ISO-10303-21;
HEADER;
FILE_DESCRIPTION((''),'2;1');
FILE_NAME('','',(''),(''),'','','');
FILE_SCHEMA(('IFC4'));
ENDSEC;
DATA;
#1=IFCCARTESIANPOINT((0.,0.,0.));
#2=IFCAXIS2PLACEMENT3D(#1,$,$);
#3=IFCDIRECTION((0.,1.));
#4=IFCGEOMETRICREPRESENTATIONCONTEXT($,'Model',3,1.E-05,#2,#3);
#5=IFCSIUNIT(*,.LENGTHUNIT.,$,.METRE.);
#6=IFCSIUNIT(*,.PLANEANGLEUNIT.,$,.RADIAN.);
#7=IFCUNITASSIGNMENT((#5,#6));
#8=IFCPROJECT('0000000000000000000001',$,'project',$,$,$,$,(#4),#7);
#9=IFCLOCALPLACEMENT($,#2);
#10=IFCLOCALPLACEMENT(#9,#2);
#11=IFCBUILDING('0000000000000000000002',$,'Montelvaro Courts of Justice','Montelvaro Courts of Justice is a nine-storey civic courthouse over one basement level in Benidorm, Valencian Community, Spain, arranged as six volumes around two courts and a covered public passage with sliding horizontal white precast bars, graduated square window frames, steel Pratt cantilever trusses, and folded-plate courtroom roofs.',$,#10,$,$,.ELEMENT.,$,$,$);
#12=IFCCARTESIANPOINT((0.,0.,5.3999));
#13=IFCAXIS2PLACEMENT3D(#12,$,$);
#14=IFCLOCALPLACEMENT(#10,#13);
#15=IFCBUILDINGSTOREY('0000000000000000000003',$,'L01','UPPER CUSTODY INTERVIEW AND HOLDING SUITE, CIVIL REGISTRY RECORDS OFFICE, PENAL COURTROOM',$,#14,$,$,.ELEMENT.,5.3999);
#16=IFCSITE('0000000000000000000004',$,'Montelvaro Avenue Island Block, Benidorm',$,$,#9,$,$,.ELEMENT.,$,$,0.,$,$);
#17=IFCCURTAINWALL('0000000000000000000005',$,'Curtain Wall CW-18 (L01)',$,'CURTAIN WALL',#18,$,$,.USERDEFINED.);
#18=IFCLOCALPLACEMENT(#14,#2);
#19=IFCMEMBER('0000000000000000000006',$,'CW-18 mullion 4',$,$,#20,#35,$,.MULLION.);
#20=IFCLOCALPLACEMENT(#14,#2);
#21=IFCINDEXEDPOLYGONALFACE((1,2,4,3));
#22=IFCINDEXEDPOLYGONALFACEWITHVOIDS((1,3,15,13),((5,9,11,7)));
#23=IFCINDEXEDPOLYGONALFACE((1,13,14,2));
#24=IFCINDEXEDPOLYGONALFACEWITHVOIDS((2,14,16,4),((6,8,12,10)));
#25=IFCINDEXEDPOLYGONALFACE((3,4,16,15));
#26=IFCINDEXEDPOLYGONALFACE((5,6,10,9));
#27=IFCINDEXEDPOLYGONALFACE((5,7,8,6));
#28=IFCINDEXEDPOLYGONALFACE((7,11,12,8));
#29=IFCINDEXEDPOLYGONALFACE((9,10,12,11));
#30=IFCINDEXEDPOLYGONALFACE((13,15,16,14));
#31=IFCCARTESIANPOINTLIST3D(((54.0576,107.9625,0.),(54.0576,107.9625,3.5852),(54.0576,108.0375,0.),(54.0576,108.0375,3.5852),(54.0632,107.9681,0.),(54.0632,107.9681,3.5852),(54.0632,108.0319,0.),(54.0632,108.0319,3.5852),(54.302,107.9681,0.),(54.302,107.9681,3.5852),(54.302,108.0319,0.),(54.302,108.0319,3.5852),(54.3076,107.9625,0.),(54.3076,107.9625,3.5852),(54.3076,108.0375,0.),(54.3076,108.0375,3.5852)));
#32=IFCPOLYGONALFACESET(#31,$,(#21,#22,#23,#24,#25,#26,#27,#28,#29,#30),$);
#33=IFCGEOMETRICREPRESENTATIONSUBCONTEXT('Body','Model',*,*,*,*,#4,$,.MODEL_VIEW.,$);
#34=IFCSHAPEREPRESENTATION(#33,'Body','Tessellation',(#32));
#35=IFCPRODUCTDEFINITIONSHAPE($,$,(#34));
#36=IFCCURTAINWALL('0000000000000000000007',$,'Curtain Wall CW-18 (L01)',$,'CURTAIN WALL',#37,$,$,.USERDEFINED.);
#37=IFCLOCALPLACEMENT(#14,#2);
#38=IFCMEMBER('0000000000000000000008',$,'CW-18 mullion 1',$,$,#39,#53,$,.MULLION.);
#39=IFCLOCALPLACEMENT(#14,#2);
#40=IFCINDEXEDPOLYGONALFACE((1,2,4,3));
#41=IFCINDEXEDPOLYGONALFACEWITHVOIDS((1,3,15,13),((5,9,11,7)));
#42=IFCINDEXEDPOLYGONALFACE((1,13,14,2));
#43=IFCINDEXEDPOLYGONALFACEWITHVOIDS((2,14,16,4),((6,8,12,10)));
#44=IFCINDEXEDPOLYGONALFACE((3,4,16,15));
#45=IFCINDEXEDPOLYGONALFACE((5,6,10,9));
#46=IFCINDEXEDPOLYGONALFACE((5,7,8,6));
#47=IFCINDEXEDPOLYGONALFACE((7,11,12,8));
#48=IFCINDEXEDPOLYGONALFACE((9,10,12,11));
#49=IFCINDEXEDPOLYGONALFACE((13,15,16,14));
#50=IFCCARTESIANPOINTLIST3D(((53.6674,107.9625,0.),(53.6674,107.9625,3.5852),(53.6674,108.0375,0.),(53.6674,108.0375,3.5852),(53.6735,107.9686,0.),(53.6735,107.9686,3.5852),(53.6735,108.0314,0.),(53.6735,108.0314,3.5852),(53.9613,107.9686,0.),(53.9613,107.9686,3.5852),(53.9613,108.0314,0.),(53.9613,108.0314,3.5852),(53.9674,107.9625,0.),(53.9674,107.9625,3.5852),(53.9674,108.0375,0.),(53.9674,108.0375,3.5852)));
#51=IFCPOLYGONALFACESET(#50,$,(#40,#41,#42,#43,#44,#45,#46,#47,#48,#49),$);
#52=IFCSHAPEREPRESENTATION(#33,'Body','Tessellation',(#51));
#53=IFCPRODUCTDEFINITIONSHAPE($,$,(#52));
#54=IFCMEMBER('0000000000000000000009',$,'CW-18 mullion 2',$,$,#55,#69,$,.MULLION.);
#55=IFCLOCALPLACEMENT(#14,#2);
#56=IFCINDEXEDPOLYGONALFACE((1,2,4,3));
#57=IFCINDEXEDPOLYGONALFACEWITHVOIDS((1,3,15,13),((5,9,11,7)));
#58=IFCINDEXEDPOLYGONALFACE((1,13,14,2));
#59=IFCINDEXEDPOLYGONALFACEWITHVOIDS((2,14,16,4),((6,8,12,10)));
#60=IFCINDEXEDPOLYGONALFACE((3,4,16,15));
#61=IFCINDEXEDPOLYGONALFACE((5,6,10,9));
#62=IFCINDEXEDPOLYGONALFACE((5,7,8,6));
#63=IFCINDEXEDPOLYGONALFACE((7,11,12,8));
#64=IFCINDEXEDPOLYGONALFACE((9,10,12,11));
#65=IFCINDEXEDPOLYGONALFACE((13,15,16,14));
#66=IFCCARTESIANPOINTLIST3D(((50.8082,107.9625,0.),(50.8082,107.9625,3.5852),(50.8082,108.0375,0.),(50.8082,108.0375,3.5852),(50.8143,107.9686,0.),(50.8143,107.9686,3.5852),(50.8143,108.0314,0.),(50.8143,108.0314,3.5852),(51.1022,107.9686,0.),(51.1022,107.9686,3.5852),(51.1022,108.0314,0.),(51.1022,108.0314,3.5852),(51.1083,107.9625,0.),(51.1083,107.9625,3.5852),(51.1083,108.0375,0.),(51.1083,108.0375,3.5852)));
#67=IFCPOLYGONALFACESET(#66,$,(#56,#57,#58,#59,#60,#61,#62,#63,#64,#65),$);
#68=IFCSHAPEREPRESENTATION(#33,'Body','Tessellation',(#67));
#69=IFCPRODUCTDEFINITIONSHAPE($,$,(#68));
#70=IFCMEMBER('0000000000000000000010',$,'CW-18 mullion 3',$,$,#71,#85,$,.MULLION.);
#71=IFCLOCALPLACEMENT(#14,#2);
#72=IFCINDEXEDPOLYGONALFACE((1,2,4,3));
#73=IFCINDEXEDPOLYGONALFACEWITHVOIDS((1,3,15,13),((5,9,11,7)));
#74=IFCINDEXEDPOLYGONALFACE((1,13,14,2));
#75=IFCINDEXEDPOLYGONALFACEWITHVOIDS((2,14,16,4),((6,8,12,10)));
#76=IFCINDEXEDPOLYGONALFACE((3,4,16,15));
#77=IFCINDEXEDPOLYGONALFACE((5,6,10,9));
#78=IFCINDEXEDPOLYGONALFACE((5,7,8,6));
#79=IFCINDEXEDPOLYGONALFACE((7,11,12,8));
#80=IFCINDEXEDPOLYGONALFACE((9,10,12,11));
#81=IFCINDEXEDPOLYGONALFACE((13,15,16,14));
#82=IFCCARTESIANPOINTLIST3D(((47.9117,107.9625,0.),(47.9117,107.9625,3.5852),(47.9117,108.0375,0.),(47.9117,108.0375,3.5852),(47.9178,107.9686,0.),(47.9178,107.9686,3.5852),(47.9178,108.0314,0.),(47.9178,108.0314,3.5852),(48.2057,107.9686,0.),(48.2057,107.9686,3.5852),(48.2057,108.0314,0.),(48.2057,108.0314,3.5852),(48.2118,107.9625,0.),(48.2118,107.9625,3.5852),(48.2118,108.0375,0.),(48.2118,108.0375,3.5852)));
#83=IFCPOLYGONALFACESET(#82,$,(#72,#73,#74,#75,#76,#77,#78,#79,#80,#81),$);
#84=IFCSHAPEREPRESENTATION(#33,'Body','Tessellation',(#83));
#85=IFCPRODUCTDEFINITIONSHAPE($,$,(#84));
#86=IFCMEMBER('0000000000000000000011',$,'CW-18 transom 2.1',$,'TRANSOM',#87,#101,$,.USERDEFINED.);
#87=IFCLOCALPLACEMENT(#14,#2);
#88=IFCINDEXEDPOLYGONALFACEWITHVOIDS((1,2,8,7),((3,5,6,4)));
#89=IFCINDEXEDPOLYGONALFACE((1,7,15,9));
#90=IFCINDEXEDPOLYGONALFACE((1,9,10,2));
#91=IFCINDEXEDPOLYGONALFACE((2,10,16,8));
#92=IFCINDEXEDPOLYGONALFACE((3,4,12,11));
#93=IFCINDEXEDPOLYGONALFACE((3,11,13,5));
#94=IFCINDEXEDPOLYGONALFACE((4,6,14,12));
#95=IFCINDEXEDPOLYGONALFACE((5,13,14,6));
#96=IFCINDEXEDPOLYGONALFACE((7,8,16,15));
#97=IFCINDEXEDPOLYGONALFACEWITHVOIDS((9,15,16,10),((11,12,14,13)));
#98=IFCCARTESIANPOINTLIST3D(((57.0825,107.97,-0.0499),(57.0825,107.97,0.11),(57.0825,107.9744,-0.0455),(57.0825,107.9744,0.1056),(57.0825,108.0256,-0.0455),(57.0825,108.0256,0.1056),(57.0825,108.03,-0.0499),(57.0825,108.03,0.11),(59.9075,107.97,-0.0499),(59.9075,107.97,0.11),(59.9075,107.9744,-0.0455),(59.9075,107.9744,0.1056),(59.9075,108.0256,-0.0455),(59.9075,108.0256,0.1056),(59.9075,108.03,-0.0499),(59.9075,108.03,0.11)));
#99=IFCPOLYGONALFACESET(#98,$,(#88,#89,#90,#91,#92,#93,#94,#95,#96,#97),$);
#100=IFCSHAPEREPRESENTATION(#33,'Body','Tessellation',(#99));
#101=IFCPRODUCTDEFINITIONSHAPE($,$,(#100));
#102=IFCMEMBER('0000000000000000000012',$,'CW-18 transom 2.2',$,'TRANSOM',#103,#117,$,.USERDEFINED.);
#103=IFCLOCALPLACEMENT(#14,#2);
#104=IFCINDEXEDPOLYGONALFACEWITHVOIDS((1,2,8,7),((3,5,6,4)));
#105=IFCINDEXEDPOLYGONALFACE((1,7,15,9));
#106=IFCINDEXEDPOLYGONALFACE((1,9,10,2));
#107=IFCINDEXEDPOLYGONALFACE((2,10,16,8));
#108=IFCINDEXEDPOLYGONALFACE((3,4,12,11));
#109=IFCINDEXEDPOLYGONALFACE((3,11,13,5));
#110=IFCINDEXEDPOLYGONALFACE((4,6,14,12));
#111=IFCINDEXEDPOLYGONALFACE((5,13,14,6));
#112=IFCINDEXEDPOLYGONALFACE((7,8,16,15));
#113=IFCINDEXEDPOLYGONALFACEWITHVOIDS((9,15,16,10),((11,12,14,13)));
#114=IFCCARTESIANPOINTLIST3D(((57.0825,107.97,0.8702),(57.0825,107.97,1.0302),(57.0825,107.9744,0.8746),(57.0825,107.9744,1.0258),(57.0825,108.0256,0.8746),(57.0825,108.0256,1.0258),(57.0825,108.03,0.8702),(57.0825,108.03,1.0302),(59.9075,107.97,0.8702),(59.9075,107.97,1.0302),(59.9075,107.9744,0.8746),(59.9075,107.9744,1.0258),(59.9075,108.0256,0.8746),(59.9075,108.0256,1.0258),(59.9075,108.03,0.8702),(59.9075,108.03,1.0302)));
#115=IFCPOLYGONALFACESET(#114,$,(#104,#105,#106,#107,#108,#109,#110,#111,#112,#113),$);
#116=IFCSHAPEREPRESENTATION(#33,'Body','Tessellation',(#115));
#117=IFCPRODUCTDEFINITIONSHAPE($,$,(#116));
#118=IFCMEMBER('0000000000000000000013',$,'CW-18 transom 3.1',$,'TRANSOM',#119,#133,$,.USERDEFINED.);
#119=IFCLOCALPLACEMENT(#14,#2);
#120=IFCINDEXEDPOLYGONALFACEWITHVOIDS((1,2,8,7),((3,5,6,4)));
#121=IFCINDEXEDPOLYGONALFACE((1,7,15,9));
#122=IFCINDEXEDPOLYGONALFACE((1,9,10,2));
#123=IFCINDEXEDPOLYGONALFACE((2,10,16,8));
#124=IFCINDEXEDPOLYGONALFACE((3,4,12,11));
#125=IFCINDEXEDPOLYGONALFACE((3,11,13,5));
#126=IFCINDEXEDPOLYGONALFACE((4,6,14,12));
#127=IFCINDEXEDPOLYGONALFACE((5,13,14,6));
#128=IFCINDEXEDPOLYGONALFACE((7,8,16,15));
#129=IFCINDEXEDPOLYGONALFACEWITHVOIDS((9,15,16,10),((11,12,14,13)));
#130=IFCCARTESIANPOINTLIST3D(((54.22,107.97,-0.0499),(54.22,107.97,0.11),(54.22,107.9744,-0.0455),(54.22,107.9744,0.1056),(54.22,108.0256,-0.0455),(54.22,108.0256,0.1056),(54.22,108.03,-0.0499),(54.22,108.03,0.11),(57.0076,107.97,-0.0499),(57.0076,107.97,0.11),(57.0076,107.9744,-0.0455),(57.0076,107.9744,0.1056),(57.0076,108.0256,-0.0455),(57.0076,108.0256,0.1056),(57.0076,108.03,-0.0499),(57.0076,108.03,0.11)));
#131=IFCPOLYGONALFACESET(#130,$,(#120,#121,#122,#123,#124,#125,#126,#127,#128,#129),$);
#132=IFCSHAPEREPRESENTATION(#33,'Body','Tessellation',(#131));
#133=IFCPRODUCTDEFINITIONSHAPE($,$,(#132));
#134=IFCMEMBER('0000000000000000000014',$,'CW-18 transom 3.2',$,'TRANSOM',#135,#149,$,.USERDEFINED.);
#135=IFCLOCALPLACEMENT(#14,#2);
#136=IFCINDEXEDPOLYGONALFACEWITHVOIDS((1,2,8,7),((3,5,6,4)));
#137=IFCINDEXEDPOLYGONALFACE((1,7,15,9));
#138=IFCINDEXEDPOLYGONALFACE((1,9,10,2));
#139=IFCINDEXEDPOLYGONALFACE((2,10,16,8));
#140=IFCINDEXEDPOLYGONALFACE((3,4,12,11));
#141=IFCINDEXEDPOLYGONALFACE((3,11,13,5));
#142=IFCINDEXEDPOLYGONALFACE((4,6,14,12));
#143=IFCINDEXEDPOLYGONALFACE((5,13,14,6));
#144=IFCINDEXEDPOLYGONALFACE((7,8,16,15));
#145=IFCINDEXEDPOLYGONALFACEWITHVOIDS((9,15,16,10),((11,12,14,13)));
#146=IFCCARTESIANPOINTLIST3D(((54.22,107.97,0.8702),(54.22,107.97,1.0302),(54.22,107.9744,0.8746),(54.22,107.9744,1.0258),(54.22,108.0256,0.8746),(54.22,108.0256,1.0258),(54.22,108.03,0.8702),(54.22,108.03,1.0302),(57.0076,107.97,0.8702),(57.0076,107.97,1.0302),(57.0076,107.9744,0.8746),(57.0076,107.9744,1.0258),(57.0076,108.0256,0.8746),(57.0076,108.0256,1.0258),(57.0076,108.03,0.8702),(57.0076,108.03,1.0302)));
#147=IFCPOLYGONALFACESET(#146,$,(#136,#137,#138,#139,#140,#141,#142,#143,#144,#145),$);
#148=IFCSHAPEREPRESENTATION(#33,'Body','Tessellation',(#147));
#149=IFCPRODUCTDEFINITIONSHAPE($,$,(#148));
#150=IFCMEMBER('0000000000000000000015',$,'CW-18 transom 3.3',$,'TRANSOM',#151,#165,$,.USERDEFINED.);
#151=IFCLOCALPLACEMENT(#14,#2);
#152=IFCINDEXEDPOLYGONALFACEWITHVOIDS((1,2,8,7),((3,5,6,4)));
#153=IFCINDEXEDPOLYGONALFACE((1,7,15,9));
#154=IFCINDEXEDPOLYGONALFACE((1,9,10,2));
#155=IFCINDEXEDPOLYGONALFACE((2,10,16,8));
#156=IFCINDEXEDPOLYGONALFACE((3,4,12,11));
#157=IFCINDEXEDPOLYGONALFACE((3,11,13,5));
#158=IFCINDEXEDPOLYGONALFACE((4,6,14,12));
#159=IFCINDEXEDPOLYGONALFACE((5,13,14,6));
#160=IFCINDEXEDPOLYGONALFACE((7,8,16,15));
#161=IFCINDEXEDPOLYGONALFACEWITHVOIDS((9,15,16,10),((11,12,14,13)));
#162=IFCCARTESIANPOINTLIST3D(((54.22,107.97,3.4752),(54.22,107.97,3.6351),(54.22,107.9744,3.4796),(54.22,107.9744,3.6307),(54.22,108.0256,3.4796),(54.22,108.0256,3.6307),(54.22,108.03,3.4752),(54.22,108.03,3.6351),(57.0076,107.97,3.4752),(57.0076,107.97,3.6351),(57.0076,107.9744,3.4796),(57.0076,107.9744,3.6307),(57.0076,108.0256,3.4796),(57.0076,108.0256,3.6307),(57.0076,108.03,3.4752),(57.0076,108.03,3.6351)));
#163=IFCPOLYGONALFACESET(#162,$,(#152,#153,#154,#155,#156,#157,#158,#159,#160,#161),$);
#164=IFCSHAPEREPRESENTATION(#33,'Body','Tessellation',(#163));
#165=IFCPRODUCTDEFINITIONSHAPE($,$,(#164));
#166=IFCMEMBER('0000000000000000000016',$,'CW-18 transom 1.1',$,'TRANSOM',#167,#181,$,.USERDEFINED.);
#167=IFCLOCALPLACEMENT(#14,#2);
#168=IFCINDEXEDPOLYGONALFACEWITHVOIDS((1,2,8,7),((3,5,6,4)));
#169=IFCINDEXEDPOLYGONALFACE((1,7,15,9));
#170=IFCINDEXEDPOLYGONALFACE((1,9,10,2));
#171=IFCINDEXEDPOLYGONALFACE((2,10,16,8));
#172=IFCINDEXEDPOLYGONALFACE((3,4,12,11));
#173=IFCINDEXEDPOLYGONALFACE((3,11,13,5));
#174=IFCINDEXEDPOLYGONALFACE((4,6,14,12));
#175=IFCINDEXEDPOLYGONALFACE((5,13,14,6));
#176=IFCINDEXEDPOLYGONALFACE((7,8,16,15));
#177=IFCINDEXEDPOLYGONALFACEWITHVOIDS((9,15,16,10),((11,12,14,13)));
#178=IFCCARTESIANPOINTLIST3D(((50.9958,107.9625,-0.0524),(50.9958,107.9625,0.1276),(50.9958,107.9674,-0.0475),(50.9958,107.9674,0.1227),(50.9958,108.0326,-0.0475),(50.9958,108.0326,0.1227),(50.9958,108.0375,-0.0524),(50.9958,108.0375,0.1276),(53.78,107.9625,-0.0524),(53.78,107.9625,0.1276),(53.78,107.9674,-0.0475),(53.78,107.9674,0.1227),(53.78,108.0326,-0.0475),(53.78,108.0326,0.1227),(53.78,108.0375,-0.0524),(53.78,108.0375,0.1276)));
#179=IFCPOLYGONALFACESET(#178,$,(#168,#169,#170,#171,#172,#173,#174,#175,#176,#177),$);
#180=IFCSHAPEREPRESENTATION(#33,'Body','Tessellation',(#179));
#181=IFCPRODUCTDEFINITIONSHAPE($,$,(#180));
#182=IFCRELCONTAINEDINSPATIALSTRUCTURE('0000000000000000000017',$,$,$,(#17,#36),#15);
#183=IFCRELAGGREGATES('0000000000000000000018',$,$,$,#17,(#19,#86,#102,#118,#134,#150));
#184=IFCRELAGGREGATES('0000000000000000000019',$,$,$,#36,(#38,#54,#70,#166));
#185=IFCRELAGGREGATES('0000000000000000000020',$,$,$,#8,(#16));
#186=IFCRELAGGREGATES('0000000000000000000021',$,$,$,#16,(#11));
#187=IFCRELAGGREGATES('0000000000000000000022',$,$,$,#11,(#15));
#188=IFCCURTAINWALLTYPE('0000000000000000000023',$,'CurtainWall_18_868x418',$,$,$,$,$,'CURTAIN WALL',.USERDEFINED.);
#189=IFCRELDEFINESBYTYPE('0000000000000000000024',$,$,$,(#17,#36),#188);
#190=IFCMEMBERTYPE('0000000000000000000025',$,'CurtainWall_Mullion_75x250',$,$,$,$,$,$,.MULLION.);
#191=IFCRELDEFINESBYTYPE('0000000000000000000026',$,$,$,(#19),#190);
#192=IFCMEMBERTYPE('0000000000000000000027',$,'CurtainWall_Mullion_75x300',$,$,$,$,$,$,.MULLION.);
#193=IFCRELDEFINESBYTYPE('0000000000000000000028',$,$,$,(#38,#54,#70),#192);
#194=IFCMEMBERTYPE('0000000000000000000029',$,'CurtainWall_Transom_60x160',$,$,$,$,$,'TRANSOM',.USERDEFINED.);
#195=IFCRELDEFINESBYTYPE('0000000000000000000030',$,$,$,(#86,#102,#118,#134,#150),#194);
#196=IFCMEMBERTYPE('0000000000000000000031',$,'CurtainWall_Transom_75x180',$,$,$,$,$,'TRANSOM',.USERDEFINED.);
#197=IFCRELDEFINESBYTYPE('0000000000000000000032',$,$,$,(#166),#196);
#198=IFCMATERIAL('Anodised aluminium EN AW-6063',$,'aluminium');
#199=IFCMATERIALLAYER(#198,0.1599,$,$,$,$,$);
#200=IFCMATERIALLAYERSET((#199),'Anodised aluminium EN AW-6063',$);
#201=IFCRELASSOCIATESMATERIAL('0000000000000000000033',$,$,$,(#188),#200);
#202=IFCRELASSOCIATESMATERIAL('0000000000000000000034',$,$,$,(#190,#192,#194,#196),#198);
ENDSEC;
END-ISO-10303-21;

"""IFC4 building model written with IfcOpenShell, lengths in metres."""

from ifc_helpers import new_model, si_unit, direction, frame, origin, origin_2d, place, context, subcontext, project, spatial, hollow_rectangle, extrude, material, layer, layer_set, material_profile, profile_set, type_object, element, aggregate, save


model = new_model("IFC4")

# Units and contexts
model_context = context("Model", 3, precision=1e-05, world=origin(), true_north=direction((0.0, 1.0)))
body_context = subcontext(model_context, "Body", "Model", "MODEL_VIEW")
ifc_project = project(units=[si_unit("LENGTHUNIT", "METRE"), si_unit("PLANEANGLEUNIT", "RADIAN")], contexts=[model_context])

# Site, building, storey
site_placement = place(None, origin())
site = spatial("IfcSite", under=ifc_project, at=site_placement, Name="Montelvaro Avenue Island Block, Benidorm", CompositionType="ELEMENT", RefElevation=0.0)
building_placement = place(site_placement, origin())
building = spatial("IfcBuilding", under=site, at=building_placement, Name="Montelvaro Courts of Justice", Description="Montelvaro Courts of Justice is a nine-storey civic courthouse over one basement level in Benidorm, Valencian Community, Spain, arranged as six volumes around two courts and a covered public passage with sliding horizontal white precast bars, graduated square window frames, steel Pratt cantilever trusses, and folded-plate courtroom roofs.", CompositionType="ELEMENT")
storey_placement = place(building_placement, frame((0.0, 0.0, 5.3999)))
storey = spatial("IfcBuildingStorey", under=building, at=storey_placement, Name="L01", Description="UPPER CUSTODY INTERVIEW AND HOLDING SUITE, CIVIL REGISTRY RECORDS OFFICE, PENAL COURTROOM", CompositionType="ELEMENT", Elevation=5.3999)

# Curtain walls, members
ifc_material_1 = material(Name="Anodised aluminium EN AW-6063", Category="aluminium")
ifc_layer_1 = layer(ifc_material_1, 0.1599)
ifc_layer_set_1 = layer_set([ifc_layer_1], Name="Anodised aluminium EN AW-6063")
curtain_wall_type = type_object("IfcCurtainWallType", Name="CurtainWall_18_868x418", ElementType="CURTAIN WALL", PredefinedType="USERDEFINED", material=ifc_layer_set_1)
curtain_wall_1_placement = place(storey_placement, origin())
curtain_wall_1 = element("IfcCurtainWall", 1, at=curtain_wall_1_placement, inside=storey, type_object=curtain_wall_type, Name="Curtain Wall CW-18 (L01)", ObjectType="CURTAIN WALL", PredefinedType="USERDEFINED")
ifc_material_profile_1 = material_profile(ifc_material_1, hollow_rectangle(XDim=0.075, YDim=0.25, WallThickness=0.0056, at=origin_2d()), Name="ALU-M 75x250")
ifc_profile_set_1 = profile_set([ifc_material_profile_1], Name="Anodised aluminium EN AW-6063")
member_type_1 = type_object("IfcMemberType", Name="CurtainWall_Mullion_75x250", PredefinedType="MULLION", material=ifc_profile_set_1)
member_1_placement = place(storey_placement, frame((54.1826, 108.0, 0.0), z_axis=(0.0, 0.0, 1.0), x_axis=(0.0, -1.0, 0.0)))
member_1 = element("IfcMember", 2, at=member_1_placement, type_object=member_type_1, Name="CW-18 mullion 4", PredefinedType="MULLION", context=body_context, shape_type="SweptSolid", body=[
    extrude(hollow_rectangle(XDim=0.075, YDim=0.25, WallThickness=0.0056, at=origin_2d()), origin(), (0.0, 0.0, 1.0), 3.5852),
])
curtain_wall_2_placement = place(storey_placement, origin())
curtain_wall_2 = element("IfcCurtainWall", 3, at=curtain_wall_2_placement, inside=storey, type_object=curtain_wall_type, Name="Curtain Wall CW-18 (L01)", ObjectType="CURTAIN WALL", PredefinedType="USERDEFINED")
ifc_material_profile_2 = material_profile(ifc_material_1, hollow_rectangle(XDim=0.075, YDim=0.3, WallThickness=0.0061, at=origin_2d()), Name="ALU-M 75x300")
ifc_profile_set_2 = profile_set([ifc_material_profile_2], Name="Anodised aluminium EN AW-6063")
member_type_2 = type_object("IfcMemberType", Name="CurtainWall_Mullion_75x300", PredefinedType="MULLION", material=ifc_profile_set_2)
member_2_placement = place(storey_placement, frame((53.8174, 108.0, 0.0), z_axis=(0.0, 0.0, 1.0), x_axis=(0.0, -1.0, 0.0)))
member_2 = element("IfcMember", 4, at=member_2_placement, type_object=member_type_2, Name="CW-18 mullion 1", PredefinedType="MULLION", context=body_context, shape_type="SweptSolid", body=[
    extrude(hollow_rectangle(XDim=0.075, YDim=0.3, WallThickness=0.0061, at=origin_2d()), origin(), (0.0, 0.0, 1.0), 3.5852),
])
member_3_placement = place(storey_placement, frame((50.9583, 108.0, 0.0), z_axis=(0.0, 0.0, 1.0), x_axis=(0.0, -1.0, 0.0)))
member_3 = element("IfcMember", 5, at=member_3_placement, type_object=member_type_2, Name="CW-18 mullion 2", PredefinedType="MULLION", context=body_context, shape_type="SweptSolid", body=[
    extrude(hollow_rectangle(XDim=0.075, YDim=0.3, WallThickness=0.0061, at=origin_2d()), origin(), (0.0, 0.0, 1.0), 3.5852),
])
member_4_placement = place(storey_placement, frame((48.0618, 108.0, 0.0), z_axis=(0.0, 0.0, 1.0), x_axis=(0.0, -1.0, 0.0)))
member_4 = element("IfcMember", 6, at=member_4_placement, type_object=member_type_2, Name="CW-18 mullion 3", PredefinedType="MULLION", context=body_context, shape_type="SweptSolid", body=[
    extrude(hollow_rectangle(XDim=0.075, YDim=0.3, WallThickness=0.0061, at=origin_2d()), origin(), (0.0, 0.0, 1.0), 3.5852),
])

# Members
ifc_material_profile_3 = material_profile(ifc_material_1, hollow_rectangle(XDim=0.0601, YDim=0.1599, WallThickness=0.0044, at=origin_2d()), Name="ALU-T 60x160")
ifc_profile_set_3 = profile_set([ifc_material_profile_3], Name="Anodised aluminium EN AW-6063")
member_type_3 = type_object("IfcMemberType", Name="CurtainWall_Transom_60x160", ElementType="TRANSOM", PredefinedType="USERDEFINED", material=ifc_profile_set_3)
member_5_placement = place(storey_placement, frame((59.9075, 108.0, 0.03), z_axis=(-1.0, 0.0, 0.0), x_axis=(0.0, -1.0, 0.0)))
member_5 = element("IfcMember", 7, at=member_5_placement, type_object=member_type_3, Name="CW-18 transom 2.1", ObjectType="TRANSOM", PredefinedType="USERDEFINED", context=body_context, shape_type="SweptSolid", body=[
    extrude(hollow_rectangle(XDim=0.0601, YDim=0.1599, WallThickness=0.0044, at=origin_2d()), origin(), (0.0, 0.0, 1.0), 2.825),
])
member_6_placement = place(storey_placement, frame((59.9075, 108.0, 0.9502), z_axis=(-1.0, 0.0, 0.0), x_axis=(0.0, -1.0, 0.0)))
member_6 = element("IfcMember", 8, at=member_6_placement, type_object=member_type_3, Name="CW-18 transom 2.2", ObjectType="TRANSOM", PredefinedType="USERDEFINED", context=body_context, shape_type="SweptSolid", body=[
    extrude(hollow_rectangle(XDim=0.0601, YDim=0.1599, WallThickness=0.0044, at=origin_2d()), origin(), (0.0, 0.0, 1.0), 2.825),
])
member_7_placement = place(storey_placement, frame((57.0076, 108.0, 0.03), z_axis=(-1.0, 0.0, 0.0), x_axis=(0.0, -1.0, 0.0)))
member_7 = element("IfcMember", 9, at=member_7_placement, type_object=member_type_3, Name="CW-18 transom 3.1", ObjectType="TRANSOM", PredefinedType="USERDEFINED", context=body_context, shape_type="SweptSolid", body=[
    extrude(hollow_rectangle(XDim=0.0601, YDim=0.1599, WallThickness=0.0044, at=origin_2d()), origin(), (0.0, 0.0, 1.0), 2.7876),
])
member_8_placement = place(storey_placement, frame((57.0076, 108.0, 0.9502), z_axis=(-1.0, 0.0, 0.0), x_axis=(0.0, -1.0, 0.0)))
member_8 = element("IfcMember", 10, at=member_8_placement, type_object=member_type_3, Name="CW-18 transom 3.2", ObjectType="TRANSOM", PredefinedType="USERDEFINED", context=body_context, shape_type="SweptSolid", body=[
    extrude(hollow_rectangle(XDim=0.0601, YDim=0.1599, WallThickness=0.0044, at=origin_2d()), origin(), (0.0, 0.0, 1.0), 2.7876),
])
member_9_placement = place(storey_placement, frame((57.0076, 108.0, 3.5552), z_axis=(-1.0, 0.0, 0.0), x_axis=(0.0, -1.0, 0.0)))
member_9 = element("IfcMember", 11, at=member_9_placement, type_object=member_type_3, Name="CW-18 transom 3.3", ObjectType="TRANSOM", PredefinedType="USERDEFINED", context=body_context, shape_type="SweptSolid", body=[
    extrude(hollow_rectangle(XDim=0.0601, YDim=0.1599, WallThickness=0.0044, at=origin_2d()), origin(), (0.0, 0.0, 1.0), 2.7876),
])
ifc_material_profile_4 = material_profile(ifc_material_1, hollow_rectangle(XDim=0.075, YDim=0.1799, WallThickness=0.0049, at=origin_2d()), Name="ALU-T 75x180")
ifc_profile_set_4 = profile_set([ifc_material_profile_4], Name="Anodised aluminium EN AW-6063")
member_type_4 = type_object("IfcMemberType", Name="CurtainWall_Transom_75x180", ElementType="TRANSOM", PredefinedType="USERDEFINED", material=ifc_profile_set_4)
member_10_placement = place(storey_placement, frame((53.78, 108.0, 0.0376), z_axis=(-1.0, 0.0, 0.0), x_axis=(0.0, -1.0, 0.0)))
member_10 = element("IfcMember", 12, at=member_10_placement, type_object=member_type_4, Name="CW-18 transom 1.1", ObjectType="TRANSOM", PredefinedType="USERDEFINED", context=body_context, shape_type="SweptSolid", body=[
    extrude(hollow_rectangle(XDim=0.075, YDim=0.1799, WallThickness=0.0049, at=origin_2d()), origin(), (0.0, 0.0, 1.0), 2.7842),
])

aggregate(curtain_wall_1, [member_1, member_5, member_6, member_7, member_8, member_9])
aggregate(curtain_wall_2, [member_2, member_3, member_4, member_10])

save(model, "model.ifc")
